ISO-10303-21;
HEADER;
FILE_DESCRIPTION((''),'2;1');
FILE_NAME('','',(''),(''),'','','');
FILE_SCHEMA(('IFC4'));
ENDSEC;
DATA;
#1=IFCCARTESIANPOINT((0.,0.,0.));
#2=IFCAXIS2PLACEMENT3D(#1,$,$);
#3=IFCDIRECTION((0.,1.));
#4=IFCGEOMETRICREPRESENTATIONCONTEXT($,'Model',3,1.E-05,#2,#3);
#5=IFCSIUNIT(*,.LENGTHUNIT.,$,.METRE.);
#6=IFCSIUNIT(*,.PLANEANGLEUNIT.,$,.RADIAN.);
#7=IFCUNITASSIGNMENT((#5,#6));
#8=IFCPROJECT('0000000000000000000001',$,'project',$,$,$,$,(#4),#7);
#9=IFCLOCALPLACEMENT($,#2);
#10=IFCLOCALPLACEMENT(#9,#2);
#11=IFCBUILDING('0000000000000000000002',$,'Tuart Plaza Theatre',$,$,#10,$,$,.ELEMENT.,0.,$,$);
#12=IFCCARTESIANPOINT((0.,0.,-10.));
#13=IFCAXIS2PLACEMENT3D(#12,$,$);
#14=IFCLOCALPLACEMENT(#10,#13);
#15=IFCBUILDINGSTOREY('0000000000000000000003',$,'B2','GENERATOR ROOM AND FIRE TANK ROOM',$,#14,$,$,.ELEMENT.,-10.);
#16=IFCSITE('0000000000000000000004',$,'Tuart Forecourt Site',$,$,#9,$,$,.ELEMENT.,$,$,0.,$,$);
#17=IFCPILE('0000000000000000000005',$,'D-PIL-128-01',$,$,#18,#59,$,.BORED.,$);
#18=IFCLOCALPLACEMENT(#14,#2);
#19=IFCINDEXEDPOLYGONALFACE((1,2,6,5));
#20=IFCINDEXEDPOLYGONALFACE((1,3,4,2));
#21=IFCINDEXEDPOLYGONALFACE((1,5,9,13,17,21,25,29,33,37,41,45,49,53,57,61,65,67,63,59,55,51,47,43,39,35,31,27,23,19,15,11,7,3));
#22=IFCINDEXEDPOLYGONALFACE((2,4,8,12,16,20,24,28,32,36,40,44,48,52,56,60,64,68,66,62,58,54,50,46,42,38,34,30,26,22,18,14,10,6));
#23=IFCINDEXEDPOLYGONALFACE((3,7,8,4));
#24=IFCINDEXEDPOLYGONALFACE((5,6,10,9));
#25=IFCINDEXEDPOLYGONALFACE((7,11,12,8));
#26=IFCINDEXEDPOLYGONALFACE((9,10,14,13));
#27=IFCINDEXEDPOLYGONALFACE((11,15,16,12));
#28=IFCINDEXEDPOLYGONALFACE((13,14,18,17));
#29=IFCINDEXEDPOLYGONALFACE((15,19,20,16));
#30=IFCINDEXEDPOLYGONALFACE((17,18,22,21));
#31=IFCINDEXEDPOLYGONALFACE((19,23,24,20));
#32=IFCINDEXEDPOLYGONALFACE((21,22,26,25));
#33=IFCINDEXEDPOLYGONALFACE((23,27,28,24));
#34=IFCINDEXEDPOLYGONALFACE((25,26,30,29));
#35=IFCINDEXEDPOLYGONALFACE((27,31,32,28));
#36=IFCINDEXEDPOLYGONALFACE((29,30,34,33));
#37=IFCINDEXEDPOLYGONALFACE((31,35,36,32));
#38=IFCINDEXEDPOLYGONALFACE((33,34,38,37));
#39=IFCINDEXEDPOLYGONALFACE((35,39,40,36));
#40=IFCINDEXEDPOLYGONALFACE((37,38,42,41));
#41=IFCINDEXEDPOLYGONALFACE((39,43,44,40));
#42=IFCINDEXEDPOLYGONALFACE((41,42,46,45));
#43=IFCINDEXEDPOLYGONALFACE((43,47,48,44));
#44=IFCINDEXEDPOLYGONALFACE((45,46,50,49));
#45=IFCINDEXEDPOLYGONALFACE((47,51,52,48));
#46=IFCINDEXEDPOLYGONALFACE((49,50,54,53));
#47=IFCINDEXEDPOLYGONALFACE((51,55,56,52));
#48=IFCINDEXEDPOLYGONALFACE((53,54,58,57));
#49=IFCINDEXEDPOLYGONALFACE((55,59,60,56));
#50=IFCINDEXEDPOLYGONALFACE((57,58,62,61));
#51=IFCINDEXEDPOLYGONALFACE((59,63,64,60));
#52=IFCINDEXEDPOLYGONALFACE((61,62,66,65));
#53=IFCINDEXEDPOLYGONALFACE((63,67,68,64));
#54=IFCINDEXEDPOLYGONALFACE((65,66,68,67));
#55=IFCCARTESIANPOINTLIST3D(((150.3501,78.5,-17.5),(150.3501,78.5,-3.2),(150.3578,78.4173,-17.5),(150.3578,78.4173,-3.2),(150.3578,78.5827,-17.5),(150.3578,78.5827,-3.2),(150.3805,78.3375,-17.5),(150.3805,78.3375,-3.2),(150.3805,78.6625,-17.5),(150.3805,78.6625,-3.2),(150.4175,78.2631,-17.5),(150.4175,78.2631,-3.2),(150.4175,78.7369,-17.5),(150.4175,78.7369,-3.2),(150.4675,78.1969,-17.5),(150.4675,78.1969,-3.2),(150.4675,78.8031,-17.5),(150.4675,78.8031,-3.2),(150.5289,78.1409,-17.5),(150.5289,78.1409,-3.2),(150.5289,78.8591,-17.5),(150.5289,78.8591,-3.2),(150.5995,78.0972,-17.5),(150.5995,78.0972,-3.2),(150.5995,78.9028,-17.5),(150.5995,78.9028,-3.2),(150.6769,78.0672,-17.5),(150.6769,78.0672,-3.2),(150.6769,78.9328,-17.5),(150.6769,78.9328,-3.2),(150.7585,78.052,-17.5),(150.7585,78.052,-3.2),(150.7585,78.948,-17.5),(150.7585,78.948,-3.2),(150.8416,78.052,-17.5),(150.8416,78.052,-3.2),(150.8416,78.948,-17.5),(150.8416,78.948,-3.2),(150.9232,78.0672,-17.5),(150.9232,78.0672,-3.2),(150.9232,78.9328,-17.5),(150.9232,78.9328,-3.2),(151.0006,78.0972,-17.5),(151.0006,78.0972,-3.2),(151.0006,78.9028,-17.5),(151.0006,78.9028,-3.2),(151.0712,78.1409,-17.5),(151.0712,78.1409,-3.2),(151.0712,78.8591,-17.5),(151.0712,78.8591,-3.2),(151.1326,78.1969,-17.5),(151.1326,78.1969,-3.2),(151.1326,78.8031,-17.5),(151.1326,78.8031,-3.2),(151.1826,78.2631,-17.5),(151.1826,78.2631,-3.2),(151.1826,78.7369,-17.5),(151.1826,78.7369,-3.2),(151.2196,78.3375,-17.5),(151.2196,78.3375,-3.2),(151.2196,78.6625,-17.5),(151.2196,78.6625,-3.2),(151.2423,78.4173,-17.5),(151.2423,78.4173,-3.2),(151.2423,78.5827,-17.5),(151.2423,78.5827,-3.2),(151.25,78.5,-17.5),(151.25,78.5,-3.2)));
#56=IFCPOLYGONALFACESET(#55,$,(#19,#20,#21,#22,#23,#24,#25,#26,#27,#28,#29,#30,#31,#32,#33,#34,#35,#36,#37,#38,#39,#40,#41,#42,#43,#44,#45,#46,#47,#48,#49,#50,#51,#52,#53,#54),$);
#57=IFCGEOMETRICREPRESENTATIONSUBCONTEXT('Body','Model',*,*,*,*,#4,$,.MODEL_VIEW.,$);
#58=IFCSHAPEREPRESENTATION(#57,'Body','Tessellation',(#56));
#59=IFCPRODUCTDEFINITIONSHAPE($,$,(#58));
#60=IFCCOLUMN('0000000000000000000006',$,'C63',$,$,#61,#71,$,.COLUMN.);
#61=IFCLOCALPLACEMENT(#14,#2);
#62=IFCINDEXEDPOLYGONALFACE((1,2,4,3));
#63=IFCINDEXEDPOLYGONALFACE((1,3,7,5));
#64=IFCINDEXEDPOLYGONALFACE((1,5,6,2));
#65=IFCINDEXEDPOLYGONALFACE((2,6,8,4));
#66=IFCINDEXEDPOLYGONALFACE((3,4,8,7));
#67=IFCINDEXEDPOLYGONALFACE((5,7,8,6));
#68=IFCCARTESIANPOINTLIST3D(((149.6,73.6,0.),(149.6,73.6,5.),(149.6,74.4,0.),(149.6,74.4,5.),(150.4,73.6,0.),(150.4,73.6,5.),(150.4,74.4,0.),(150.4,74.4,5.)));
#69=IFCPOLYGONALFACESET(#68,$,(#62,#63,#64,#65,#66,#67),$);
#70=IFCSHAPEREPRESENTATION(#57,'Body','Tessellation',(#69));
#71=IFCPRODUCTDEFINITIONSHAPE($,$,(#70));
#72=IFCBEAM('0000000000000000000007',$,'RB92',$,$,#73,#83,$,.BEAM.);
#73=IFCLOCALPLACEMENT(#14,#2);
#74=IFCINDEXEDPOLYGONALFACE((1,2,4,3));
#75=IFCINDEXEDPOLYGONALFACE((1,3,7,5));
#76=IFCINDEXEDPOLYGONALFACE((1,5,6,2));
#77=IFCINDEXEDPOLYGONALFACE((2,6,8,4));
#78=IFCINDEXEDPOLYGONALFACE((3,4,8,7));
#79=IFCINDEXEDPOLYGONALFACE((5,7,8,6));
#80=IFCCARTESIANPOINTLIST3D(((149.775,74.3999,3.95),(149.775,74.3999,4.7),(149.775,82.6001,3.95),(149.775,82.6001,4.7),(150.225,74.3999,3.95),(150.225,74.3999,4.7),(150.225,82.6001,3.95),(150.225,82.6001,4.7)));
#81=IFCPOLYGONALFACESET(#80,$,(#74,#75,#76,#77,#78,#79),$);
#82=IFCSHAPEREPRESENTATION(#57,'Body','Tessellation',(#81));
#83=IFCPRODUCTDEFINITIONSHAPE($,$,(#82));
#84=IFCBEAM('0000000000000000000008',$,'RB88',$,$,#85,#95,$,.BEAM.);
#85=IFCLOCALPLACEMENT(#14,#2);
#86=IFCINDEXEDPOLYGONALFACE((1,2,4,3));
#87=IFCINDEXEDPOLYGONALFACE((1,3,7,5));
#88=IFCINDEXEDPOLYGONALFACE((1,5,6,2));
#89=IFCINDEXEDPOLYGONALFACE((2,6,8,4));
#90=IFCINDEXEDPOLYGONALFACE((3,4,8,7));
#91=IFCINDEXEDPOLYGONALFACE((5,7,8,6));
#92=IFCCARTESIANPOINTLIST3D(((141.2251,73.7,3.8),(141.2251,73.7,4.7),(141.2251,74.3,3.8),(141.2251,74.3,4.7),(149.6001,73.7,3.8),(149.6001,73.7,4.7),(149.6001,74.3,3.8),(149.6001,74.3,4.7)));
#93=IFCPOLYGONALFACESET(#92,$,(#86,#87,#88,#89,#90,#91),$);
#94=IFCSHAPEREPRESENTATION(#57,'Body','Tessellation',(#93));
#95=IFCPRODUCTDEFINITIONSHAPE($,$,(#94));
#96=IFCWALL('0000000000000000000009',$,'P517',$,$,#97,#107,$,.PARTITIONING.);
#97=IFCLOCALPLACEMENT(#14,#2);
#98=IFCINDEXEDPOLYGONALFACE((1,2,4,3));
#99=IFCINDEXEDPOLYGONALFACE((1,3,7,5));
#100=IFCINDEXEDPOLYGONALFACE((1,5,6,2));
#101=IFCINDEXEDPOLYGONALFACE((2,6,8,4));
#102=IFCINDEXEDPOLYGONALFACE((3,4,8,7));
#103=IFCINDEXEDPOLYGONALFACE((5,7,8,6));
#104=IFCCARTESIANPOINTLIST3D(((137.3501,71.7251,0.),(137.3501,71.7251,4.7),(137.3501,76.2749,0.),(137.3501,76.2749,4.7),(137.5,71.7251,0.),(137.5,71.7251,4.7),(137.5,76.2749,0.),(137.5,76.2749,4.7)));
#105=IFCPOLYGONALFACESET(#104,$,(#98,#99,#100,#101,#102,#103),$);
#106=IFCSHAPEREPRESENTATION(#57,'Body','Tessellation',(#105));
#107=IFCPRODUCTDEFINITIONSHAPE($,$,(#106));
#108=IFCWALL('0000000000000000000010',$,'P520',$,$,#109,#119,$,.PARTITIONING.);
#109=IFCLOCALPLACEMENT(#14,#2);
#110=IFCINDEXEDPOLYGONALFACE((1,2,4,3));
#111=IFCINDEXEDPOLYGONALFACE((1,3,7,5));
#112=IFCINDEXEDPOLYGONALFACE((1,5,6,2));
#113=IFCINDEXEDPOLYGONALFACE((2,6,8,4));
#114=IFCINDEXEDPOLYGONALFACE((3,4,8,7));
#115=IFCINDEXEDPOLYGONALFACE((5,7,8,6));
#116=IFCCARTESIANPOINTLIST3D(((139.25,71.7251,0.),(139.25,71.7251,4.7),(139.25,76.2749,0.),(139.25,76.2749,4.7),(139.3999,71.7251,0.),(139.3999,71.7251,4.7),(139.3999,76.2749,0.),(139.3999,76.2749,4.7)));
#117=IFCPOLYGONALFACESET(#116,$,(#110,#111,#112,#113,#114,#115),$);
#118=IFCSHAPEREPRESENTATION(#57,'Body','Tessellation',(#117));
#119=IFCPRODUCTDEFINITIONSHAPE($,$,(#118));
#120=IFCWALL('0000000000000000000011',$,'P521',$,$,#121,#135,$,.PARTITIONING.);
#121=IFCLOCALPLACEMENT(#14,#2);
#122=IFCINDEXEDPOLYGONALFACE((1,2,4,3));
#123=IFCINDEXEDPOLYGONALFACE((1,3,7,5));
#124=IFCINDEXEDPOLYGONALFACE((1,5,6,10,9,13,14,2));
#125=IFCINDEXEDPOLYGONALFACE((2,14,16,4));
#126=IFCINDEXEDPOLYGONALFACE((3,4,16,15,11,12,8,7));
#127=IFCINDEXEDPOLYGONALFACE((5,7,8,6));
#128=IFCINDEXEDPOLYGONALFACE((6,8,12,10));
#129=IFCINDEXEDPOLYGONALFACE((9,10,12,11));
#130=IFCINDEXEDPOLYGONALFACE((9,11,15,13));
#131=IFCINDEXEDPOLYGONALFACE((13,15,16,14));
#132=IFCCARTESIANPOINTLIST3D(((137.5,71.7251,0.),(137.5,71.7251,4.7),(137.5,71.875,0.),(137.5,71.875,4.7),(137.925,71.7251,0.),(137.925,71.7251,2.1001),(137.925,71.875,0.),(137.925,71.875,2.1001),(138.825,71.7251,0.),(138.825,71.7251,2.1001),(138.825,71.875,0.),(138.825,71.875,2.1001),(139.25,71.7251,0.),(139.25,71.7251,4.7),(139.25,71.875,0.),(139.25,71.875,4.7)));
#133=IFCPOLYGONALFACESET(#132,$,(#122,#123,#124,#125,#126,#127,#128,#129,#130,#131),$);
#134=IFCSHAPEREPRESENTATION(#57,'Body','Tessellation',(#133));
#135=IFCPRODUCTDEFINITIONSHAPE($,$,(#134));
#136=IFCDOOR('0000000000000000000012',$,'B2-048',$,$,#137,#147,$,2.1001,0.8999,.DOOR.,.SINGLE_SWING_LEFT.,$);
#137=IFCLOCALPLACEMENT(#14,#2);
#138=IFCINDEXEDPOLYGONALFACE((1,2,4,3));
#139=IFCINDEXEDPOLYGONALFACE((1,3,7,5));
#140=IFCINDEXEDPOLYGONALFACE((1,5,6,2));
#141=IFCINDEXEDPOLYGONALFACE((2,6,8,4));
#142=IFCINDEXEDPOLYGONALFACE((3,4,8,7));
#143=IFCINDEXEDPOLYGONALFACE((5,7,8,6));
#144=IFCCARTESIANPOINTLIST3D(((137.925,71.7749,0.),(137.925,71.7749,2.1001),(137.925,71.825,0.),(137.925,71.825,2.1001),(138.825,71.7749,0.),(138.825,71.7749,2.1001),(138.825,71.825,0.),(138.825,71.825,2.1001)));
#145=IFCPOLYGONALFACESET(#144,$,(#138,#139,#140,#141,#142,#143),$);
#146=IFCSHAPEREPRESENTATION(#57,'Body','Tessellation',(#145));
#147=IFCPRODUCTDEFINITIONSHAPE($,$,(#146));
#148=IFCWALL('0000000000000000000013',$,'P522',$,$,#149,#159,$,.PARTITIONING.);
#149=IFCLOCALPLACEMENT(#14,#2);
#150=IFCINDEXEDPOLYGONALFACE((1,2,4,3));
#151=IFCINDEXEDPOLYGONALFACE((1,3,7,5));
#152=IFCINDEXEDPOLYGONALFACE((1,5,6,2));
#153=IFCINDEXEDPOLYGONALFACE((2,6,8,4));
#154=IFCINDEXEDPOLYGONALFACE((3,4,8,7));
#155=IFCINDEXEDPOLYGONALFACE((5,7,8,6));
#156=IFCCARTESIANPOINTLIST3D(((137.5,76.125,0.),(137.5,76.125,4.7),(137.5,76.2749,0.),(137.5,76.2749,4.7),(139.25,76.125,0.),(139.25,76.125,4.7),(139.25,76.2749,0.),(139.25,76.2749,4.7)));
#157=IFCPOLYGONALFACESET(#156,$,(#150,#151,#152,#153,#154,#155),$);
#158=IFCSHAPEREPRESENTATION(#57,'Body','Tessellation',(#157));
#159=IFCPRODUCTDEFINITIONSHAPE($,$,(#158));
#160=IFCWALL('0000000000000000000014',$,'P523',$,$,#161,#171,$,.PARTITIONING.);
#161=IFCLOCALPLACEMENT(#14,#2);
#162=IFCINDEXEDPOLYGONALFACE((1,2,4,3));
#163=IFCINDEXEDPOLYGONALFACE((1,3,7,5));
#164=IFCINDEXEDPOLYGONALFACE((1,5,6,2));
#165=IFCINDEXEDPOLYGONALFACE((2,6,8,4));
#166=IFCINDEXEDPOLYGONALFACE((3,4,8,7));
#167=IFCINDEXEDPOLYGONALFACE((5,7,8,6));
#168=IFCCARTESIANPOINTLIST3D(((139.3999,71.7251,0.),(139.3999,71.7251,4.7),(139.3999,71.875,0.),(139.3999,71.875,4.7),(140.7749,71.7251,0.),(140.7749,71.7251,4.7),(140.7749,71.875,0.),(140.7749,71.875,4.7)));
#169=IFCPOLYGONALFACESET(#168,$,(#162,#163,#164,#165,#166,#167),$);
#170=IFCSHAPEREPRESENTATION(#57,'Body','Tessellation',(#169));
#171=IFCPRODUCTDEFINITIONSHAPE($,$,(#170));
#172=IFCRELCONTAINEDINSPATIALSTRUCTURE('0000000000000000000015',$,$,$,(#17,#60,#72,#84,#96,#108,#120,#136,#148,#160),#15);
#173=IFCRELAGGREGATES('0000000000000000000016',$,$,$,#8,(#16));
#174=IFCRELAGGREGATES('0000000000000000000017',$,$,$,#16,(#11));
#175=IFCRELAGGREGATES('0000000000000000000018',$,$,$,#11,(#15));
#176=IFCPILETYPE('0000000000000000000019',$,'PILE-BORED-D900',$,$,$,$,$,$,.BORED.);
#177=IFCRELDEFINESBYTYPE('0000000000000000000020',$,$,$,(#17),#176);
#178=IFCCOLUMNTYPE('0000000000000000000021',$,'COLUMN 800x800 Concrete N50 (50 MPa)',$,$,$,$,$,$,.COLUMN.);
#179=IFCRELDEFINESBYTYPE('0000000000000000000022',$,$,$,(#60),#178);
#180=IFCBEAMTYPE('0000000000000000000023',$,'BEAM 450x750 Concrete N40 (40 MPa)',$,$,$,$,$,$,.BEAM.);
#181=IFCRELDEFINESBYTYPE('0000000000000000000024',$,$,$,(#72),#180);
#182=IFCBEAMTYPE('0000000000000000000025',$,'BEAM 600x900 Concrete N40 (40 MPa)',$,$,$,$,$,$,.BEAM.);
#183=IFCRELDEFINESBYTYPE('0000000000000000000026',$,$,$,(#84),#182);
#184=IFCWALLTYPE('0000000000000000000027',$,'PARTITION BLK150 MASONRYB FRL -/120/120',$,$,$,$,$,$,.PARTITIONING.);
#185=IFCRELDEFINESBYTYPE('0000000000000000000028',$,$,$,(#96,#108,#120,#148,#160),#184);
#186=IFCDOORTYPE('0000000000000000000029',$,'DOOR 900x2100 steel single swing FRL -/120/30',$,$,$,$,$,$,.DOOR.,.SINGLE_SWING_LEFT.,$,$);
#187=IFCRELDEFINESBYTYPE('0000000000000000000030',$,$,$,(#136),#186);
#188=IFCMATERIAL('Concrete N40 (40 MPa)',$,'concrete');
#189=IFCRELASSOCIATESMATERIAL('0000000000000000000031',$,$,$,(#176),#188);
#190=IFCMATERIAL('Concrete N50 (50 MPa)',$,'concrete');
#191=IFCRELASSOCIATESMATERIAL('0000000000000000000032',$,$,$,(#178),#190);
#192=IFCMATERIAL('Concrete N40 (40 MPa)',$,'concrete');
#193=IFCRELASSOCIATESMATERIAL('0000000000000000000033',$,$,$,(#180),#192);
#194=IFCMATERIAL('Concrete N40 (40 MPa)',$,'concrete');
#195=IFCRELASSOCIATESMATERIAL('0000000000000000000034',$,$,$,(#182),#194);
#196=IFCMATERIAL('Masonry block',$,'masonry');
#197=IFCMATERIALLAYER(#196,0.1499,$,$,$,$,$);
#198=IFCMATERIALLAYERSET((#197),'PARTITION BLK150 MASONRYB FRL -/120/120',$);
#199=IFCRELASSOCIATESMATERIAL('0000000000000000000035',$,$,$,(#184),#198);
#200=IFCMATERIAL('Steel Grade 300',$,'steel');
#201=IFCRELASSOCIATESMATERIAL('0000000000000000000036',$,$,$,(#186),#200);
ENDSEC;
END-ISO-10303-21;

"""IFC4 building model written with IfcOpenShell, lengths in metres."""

from ifc_helpers import new_model, si_unit, direction, frame, frame_2d, origin, origin_2d, place, context, subcontext, project, spatial, rectangle, circle, extrude, material, layer, layer_set, material_profile, profile_set, type_object, element, fill, save


model = new_model("IFC4")

# Units and contexts
model_context = context("Model", 3, precision=1e-05, world=origin(), true_north=direction((0.0, 1.0)))
body_context = subcontext(model_context, "Body", "Model", "MODEL_VIEW")
ifc_project = project(units=[si_unit("LENGTHUNIT", "METRE"), si_unit("PLANEANGLEUNIT", "RADIAN")], contexts=[model_context])

# Site, building, storey
site_placement = place(None, origin())
site = spatial("IfcSite", under=ifc_project, at=site_placement, Name="Tuart Forecourt Site", CompositionType="ELEMENT", RefElevation=0.0)
building_placement = place(site_placement, origin())
building = spatial("IfcBuilding", under=site, at=building_placement, Name="Tuart Plaza Theatre", CompositionType="ELEMENT", ElevationOfRefHeight=0.0)
storey_placement = place(building_placement, frame((0.0, 0.0, -10.0)))
storey = spatial("IfcBuildingStorey", under=building, at=storey_placement, Name="B2", Description="GENERATOR ROOM AND FIRE TANK ROOM", CompositionType="ELEMENT", Elevation=-10.0)

# Pile
ifc_material_1 = material(Name="Concrete N40 (40 MPa)", Category="concrete")
ifc_material_profile_1 = material_profile(ifc_material_1, circle(Radius=0.45, at=origin_2d()), Name="PILE-BORED-D900")
ifc_profile_set_1 = profile_set([ifc_material_profile_1], Name="Concrete N40 (40 MPa)")
pile_type_1 = type_object("IfcPileType", Name="PILE-BORED-D900", PredefinedType="BORED", material=ifc_profile_set_1)
for number, where, z_axis, x_axis, name in (
    (1, (150.8, 78.5, -3.2), (0.0, 0.0, -1.0), (1.0, 0.0, 0.0), "D-PIL-128-01"),
):
    element("IfcPile", number, at=place(storey_placement, frame(where, z_axis=z_axis, x_axis=x_axis)), inside=storey, type_object=pile_type_1, Name=name, PredefinedType="BORED", context=body_context, shape_type="SweptSolid", body=[
        extrude(circle(Radius=0.45, at=origin_2d()), origin(), (0.0, 0.0, 1.0), 14.3),
    ])

# Column
ifc_material_2 = material(Name="Concrete N50 (50 MPa)", Category="concrete")
ifc_material_profile_2 = material_profile(ifc_material_2, rectangle(XDim=0.8, YDim=0.8, at=origin_2d()), Name="COLUMN 800x800 Concrete N50 (50 MPa)")
ifc_profile_set_2 = profile_set([ifc_material_profile_2], Name="Concrete N50 (50 MPa)")
column_type = type_object("IfcColumnType", Name="COLUMN 800x800 Concrete N50 (50 MPa)", PredefinedType="COLUMN", material=ifc_profile_set_2)
column_placement = place(storey_placement, frame((150.0, 74.0, 0.0), z_axis=(0.0, 0.0, 1.0), x_axis=(1.0, 0.0, 0.0)))
element("IfcColumn", 2, at=column_placement, inside=storey, type_object=column_type, Name="C63", PredefinedType="COLUMN", context=body_context, shape_type="SweptSolid", body=[
    extrude(rectangle(XDim=0.8, YDim=0.8, at=origin_2d()), origin(), (0.0, 0.0, 1.0), 5.0),
])

# Beams
ifc_material_3 = material(Name="Concrete N40 (40 MPa)", Category="concrete")
ifc_material_profile_3 = material_profile(ifc_material_3, rectangle(XDim=0.45, YDim=0.75, at=origin_2d()), Name="BEAM 450x750 Concrete N40 (40 MPa)")
ifc_profile_set_3 = profile_set([ifc_material_profile_3], Name="Concrete N40 (40 MPa)")
beam_type_1 = type_object("IfcBeamType", Name="BEAM 450x750 Concrete N40 (40 MPa)", PredefinedType="BEAM", material=ifc_profile_set_3)
beam_1_placement = place(storey_placement, frame((150.0, 74.3999, 4.325), z_axis=(0.0, 1.0, 0.0), x_axis=(-1.0, 0.0, 0.0)))
element("IfcBeam", 3, at=beam_1_placement, inside=storey, type_object=beam_type_1, Name="RB92", PredefinedType="BEAM", context=body_context, shape_type="SweptSolid", body=[
    extrude(rectangle(XDim=0.45, YDim=0.75, at=origin_2d()), origin(), (0.0, 0.0, 1.0), 8.2002),
])
ifc_material_4 = material(Name="Concrete N40 (40 MPa)", Category="concrete")
ifc_material_profile_4 = material_profile(ifc_material_4, rectangle(XDim=0.6001, YDim=0.8999, at=origin_2d()), Name="BEAM 600x900 Concrete N40 (40 MPa)")
ifc_profile_set_4 = profile_set([ifc_material_profile_4], Name="Concrete N40 (40 MPa)")
beam_type_2 = type_object("IfcBeamType", Name="BEAM 600x900 Concrete N40 (40 MPa)", PredefinedType="BEAM", material=ifc_profile_set_4)
beam_2_placement = place(storey_placement, frame((141.2251, 74.0, 4.25), z_axis=(1.0, 0.0, 0.0), x_axis=(0.0, 1.0, 0.0)))
element("IfcBeam", 4, at=beam_2_placement, inside=storey, type_object=beam_type_2, Name="RB88", PredefinedType="BEAM", context=body_context, shape_type="SweptSolid", body=[
    extrude(rectangle(XDim=0.6001, YDim=0.8999, at=origin_2d()), origin(), (0.0, 0.0, 1.0), 8.375),
])

# Walls
ifc_material_5 = material(Name="Masonry block", Category="masonry")
ifc_layer_1 = layer(ifc_material_5, 0.1499)
ifc_layer_set_1 = layer_set([ifc_layer_1], Name="PARTITION BLK150 MASONRYB FRL -/120/120")
wall_type_1 = type_object("IfcWallType", Name="PARTITION BLK150 MASONRYB FRL -/120/120", PredefinedType="PARTITIONING", material=ifc_layer_set_1)
for number, where, z_axis, x_axis, name in (
    (5, (137.425, 71.7251, 0.0), (0.0, 0.0, 1.0), (0.0, 1.0, 0.0), "P517"),
    (6, (139.325, 71.7251, 0.0), (0.0, 0.0, 1.0), (0.0, 1.0, 0.0), "P520"),
):
    element("IfcWall", number, at=place(storey_placement, frame(where, z_axis=z_axis, x_axis=x_axis)), inside=storey, type_object=wall_type_1, Name=name, PredefinedType="PARTITIONING", context=body_context, shape_type="SweptSolid", body=[
        extrude(rectangle(XDim=4.5498, YDim=0.1499, at=frame_2d((2.2749, 0.0))), origin(), (0.0, 0.0, 1.0), 4.7),
    ])

# Wall, opening, door
wall_1_placement = place(storey_placement, frame((137.5, 71.8, 0.0), z_axis=(0.0, 0.0, 1.0), x_axis=(1.0, 0.0, 0.0)))
wall_1 = element("IfcWall", 7, at=wall_1_placement, inside=storey, type_object=wall_type_1, Name="P521", PredefinedType="PARTITIONING", context=body_context, shape_type="SweptSolid", body=[
    extrude(rectangle(XDim=1.75, YDim=0.1499, at=frame_2d((0.875, 0.0))), origin(), (0.0, 0.0, 1.0), 4.7),
])
opening_1_placement = place(wall_1_placement, frame((0.425, 0.0, 0.0)))
opening_1 = element("IfcOpeningElement", 8, at=opening_1_placement, cuts=wall_1, PredefinedType="OPENING", context=body_context, shape_type="SweptSolid", body=[
    extrude(rectangle(XDim=0.8999, YDim=2.1001, at=frame_2d((0.45, 1.05))), frame((0.0, 0.085, 0.0), z_axis=(0.0, -1.0, 0.0), x_axis=(1.0, 0.0, 0.0)), (0.0, 0.0, 1.0), 0.1699),
])
ifc_material_6 = material(Name="Steel Grade 300", Category="steel")
door_type_1 = type_object("IfcDoorType", Name="DOOR 900x2100 steel single swing FRL -/120/30", OperationType="SINGLE_SWING_LEFT", PredefinedType="DOOR", material=ifc_material_6)
door_1_placement = place(opening_1_placement, origin())
door_1 = element("IfcDoor", 9, at=door_1_placement, inside=storey, type_object=door_type_1, Name="B2-048", OperationType="SINGLE_SWING_LEFT", OverallHeight=2.1001, OverallWidth=0.8999, PredefinedType="DOOR", context=body_context, shape_type="SweptSolid", body=[
    extrude(rectangle(XDim=0.8999, YDim=2.1001, at=frame_2d((0.45, 1.05))), frame((0.0, 0.0249, 0.0), z_axis=(0.0, -1.0, 0.0), x_axis=(1.0, 0.0, 0.0)), (0.0, 0.0, 1.0), 0.05),
])
fill(opening_1, door_1)

# Walls
wall_2_placement = place(storey_placement, frame((137.5, 76.2, 0.0), z_axis=(0.0, 0.0, 1.0), x_axis=(1.0, 0.0, 0.0)))
element("IfcWall", 10, at=wall_2_placement, inside=storey, type_object=wall_type_1, Name="P522", PredefinedType="PARTITIONING", context=body_context, shape_type="SweptSolid", body=[
    extrude(rectangle(XDim=1.75, YDim=0.1499, at=frame_2d((0.875, 0.0))), origin(), (0.0, 0.0, 1.0), 4.7),
])
wall_3_placement = place(storey_placement, frame((139.3999, 71.8, 0.0), z_axis=(0.0, 0.0, 1.0), x_axis=(1.0, 0.0, 0.0)))
element("IfcWall", 11, at=wall_3_placement, inside=storey, type_object=wall_type_1, Name="P523", PredefinedType="PARTITIONING", context=body_context, shape_type="SweptSolid", body=[
    extrude(rectangle(XDim=1.375, YDim=0.1499, at=frame_2d((0.6875, 0.0))), origin(), (0.0, 0.0, 1.0), 4.7),
])

save(model, "model.ifc")
